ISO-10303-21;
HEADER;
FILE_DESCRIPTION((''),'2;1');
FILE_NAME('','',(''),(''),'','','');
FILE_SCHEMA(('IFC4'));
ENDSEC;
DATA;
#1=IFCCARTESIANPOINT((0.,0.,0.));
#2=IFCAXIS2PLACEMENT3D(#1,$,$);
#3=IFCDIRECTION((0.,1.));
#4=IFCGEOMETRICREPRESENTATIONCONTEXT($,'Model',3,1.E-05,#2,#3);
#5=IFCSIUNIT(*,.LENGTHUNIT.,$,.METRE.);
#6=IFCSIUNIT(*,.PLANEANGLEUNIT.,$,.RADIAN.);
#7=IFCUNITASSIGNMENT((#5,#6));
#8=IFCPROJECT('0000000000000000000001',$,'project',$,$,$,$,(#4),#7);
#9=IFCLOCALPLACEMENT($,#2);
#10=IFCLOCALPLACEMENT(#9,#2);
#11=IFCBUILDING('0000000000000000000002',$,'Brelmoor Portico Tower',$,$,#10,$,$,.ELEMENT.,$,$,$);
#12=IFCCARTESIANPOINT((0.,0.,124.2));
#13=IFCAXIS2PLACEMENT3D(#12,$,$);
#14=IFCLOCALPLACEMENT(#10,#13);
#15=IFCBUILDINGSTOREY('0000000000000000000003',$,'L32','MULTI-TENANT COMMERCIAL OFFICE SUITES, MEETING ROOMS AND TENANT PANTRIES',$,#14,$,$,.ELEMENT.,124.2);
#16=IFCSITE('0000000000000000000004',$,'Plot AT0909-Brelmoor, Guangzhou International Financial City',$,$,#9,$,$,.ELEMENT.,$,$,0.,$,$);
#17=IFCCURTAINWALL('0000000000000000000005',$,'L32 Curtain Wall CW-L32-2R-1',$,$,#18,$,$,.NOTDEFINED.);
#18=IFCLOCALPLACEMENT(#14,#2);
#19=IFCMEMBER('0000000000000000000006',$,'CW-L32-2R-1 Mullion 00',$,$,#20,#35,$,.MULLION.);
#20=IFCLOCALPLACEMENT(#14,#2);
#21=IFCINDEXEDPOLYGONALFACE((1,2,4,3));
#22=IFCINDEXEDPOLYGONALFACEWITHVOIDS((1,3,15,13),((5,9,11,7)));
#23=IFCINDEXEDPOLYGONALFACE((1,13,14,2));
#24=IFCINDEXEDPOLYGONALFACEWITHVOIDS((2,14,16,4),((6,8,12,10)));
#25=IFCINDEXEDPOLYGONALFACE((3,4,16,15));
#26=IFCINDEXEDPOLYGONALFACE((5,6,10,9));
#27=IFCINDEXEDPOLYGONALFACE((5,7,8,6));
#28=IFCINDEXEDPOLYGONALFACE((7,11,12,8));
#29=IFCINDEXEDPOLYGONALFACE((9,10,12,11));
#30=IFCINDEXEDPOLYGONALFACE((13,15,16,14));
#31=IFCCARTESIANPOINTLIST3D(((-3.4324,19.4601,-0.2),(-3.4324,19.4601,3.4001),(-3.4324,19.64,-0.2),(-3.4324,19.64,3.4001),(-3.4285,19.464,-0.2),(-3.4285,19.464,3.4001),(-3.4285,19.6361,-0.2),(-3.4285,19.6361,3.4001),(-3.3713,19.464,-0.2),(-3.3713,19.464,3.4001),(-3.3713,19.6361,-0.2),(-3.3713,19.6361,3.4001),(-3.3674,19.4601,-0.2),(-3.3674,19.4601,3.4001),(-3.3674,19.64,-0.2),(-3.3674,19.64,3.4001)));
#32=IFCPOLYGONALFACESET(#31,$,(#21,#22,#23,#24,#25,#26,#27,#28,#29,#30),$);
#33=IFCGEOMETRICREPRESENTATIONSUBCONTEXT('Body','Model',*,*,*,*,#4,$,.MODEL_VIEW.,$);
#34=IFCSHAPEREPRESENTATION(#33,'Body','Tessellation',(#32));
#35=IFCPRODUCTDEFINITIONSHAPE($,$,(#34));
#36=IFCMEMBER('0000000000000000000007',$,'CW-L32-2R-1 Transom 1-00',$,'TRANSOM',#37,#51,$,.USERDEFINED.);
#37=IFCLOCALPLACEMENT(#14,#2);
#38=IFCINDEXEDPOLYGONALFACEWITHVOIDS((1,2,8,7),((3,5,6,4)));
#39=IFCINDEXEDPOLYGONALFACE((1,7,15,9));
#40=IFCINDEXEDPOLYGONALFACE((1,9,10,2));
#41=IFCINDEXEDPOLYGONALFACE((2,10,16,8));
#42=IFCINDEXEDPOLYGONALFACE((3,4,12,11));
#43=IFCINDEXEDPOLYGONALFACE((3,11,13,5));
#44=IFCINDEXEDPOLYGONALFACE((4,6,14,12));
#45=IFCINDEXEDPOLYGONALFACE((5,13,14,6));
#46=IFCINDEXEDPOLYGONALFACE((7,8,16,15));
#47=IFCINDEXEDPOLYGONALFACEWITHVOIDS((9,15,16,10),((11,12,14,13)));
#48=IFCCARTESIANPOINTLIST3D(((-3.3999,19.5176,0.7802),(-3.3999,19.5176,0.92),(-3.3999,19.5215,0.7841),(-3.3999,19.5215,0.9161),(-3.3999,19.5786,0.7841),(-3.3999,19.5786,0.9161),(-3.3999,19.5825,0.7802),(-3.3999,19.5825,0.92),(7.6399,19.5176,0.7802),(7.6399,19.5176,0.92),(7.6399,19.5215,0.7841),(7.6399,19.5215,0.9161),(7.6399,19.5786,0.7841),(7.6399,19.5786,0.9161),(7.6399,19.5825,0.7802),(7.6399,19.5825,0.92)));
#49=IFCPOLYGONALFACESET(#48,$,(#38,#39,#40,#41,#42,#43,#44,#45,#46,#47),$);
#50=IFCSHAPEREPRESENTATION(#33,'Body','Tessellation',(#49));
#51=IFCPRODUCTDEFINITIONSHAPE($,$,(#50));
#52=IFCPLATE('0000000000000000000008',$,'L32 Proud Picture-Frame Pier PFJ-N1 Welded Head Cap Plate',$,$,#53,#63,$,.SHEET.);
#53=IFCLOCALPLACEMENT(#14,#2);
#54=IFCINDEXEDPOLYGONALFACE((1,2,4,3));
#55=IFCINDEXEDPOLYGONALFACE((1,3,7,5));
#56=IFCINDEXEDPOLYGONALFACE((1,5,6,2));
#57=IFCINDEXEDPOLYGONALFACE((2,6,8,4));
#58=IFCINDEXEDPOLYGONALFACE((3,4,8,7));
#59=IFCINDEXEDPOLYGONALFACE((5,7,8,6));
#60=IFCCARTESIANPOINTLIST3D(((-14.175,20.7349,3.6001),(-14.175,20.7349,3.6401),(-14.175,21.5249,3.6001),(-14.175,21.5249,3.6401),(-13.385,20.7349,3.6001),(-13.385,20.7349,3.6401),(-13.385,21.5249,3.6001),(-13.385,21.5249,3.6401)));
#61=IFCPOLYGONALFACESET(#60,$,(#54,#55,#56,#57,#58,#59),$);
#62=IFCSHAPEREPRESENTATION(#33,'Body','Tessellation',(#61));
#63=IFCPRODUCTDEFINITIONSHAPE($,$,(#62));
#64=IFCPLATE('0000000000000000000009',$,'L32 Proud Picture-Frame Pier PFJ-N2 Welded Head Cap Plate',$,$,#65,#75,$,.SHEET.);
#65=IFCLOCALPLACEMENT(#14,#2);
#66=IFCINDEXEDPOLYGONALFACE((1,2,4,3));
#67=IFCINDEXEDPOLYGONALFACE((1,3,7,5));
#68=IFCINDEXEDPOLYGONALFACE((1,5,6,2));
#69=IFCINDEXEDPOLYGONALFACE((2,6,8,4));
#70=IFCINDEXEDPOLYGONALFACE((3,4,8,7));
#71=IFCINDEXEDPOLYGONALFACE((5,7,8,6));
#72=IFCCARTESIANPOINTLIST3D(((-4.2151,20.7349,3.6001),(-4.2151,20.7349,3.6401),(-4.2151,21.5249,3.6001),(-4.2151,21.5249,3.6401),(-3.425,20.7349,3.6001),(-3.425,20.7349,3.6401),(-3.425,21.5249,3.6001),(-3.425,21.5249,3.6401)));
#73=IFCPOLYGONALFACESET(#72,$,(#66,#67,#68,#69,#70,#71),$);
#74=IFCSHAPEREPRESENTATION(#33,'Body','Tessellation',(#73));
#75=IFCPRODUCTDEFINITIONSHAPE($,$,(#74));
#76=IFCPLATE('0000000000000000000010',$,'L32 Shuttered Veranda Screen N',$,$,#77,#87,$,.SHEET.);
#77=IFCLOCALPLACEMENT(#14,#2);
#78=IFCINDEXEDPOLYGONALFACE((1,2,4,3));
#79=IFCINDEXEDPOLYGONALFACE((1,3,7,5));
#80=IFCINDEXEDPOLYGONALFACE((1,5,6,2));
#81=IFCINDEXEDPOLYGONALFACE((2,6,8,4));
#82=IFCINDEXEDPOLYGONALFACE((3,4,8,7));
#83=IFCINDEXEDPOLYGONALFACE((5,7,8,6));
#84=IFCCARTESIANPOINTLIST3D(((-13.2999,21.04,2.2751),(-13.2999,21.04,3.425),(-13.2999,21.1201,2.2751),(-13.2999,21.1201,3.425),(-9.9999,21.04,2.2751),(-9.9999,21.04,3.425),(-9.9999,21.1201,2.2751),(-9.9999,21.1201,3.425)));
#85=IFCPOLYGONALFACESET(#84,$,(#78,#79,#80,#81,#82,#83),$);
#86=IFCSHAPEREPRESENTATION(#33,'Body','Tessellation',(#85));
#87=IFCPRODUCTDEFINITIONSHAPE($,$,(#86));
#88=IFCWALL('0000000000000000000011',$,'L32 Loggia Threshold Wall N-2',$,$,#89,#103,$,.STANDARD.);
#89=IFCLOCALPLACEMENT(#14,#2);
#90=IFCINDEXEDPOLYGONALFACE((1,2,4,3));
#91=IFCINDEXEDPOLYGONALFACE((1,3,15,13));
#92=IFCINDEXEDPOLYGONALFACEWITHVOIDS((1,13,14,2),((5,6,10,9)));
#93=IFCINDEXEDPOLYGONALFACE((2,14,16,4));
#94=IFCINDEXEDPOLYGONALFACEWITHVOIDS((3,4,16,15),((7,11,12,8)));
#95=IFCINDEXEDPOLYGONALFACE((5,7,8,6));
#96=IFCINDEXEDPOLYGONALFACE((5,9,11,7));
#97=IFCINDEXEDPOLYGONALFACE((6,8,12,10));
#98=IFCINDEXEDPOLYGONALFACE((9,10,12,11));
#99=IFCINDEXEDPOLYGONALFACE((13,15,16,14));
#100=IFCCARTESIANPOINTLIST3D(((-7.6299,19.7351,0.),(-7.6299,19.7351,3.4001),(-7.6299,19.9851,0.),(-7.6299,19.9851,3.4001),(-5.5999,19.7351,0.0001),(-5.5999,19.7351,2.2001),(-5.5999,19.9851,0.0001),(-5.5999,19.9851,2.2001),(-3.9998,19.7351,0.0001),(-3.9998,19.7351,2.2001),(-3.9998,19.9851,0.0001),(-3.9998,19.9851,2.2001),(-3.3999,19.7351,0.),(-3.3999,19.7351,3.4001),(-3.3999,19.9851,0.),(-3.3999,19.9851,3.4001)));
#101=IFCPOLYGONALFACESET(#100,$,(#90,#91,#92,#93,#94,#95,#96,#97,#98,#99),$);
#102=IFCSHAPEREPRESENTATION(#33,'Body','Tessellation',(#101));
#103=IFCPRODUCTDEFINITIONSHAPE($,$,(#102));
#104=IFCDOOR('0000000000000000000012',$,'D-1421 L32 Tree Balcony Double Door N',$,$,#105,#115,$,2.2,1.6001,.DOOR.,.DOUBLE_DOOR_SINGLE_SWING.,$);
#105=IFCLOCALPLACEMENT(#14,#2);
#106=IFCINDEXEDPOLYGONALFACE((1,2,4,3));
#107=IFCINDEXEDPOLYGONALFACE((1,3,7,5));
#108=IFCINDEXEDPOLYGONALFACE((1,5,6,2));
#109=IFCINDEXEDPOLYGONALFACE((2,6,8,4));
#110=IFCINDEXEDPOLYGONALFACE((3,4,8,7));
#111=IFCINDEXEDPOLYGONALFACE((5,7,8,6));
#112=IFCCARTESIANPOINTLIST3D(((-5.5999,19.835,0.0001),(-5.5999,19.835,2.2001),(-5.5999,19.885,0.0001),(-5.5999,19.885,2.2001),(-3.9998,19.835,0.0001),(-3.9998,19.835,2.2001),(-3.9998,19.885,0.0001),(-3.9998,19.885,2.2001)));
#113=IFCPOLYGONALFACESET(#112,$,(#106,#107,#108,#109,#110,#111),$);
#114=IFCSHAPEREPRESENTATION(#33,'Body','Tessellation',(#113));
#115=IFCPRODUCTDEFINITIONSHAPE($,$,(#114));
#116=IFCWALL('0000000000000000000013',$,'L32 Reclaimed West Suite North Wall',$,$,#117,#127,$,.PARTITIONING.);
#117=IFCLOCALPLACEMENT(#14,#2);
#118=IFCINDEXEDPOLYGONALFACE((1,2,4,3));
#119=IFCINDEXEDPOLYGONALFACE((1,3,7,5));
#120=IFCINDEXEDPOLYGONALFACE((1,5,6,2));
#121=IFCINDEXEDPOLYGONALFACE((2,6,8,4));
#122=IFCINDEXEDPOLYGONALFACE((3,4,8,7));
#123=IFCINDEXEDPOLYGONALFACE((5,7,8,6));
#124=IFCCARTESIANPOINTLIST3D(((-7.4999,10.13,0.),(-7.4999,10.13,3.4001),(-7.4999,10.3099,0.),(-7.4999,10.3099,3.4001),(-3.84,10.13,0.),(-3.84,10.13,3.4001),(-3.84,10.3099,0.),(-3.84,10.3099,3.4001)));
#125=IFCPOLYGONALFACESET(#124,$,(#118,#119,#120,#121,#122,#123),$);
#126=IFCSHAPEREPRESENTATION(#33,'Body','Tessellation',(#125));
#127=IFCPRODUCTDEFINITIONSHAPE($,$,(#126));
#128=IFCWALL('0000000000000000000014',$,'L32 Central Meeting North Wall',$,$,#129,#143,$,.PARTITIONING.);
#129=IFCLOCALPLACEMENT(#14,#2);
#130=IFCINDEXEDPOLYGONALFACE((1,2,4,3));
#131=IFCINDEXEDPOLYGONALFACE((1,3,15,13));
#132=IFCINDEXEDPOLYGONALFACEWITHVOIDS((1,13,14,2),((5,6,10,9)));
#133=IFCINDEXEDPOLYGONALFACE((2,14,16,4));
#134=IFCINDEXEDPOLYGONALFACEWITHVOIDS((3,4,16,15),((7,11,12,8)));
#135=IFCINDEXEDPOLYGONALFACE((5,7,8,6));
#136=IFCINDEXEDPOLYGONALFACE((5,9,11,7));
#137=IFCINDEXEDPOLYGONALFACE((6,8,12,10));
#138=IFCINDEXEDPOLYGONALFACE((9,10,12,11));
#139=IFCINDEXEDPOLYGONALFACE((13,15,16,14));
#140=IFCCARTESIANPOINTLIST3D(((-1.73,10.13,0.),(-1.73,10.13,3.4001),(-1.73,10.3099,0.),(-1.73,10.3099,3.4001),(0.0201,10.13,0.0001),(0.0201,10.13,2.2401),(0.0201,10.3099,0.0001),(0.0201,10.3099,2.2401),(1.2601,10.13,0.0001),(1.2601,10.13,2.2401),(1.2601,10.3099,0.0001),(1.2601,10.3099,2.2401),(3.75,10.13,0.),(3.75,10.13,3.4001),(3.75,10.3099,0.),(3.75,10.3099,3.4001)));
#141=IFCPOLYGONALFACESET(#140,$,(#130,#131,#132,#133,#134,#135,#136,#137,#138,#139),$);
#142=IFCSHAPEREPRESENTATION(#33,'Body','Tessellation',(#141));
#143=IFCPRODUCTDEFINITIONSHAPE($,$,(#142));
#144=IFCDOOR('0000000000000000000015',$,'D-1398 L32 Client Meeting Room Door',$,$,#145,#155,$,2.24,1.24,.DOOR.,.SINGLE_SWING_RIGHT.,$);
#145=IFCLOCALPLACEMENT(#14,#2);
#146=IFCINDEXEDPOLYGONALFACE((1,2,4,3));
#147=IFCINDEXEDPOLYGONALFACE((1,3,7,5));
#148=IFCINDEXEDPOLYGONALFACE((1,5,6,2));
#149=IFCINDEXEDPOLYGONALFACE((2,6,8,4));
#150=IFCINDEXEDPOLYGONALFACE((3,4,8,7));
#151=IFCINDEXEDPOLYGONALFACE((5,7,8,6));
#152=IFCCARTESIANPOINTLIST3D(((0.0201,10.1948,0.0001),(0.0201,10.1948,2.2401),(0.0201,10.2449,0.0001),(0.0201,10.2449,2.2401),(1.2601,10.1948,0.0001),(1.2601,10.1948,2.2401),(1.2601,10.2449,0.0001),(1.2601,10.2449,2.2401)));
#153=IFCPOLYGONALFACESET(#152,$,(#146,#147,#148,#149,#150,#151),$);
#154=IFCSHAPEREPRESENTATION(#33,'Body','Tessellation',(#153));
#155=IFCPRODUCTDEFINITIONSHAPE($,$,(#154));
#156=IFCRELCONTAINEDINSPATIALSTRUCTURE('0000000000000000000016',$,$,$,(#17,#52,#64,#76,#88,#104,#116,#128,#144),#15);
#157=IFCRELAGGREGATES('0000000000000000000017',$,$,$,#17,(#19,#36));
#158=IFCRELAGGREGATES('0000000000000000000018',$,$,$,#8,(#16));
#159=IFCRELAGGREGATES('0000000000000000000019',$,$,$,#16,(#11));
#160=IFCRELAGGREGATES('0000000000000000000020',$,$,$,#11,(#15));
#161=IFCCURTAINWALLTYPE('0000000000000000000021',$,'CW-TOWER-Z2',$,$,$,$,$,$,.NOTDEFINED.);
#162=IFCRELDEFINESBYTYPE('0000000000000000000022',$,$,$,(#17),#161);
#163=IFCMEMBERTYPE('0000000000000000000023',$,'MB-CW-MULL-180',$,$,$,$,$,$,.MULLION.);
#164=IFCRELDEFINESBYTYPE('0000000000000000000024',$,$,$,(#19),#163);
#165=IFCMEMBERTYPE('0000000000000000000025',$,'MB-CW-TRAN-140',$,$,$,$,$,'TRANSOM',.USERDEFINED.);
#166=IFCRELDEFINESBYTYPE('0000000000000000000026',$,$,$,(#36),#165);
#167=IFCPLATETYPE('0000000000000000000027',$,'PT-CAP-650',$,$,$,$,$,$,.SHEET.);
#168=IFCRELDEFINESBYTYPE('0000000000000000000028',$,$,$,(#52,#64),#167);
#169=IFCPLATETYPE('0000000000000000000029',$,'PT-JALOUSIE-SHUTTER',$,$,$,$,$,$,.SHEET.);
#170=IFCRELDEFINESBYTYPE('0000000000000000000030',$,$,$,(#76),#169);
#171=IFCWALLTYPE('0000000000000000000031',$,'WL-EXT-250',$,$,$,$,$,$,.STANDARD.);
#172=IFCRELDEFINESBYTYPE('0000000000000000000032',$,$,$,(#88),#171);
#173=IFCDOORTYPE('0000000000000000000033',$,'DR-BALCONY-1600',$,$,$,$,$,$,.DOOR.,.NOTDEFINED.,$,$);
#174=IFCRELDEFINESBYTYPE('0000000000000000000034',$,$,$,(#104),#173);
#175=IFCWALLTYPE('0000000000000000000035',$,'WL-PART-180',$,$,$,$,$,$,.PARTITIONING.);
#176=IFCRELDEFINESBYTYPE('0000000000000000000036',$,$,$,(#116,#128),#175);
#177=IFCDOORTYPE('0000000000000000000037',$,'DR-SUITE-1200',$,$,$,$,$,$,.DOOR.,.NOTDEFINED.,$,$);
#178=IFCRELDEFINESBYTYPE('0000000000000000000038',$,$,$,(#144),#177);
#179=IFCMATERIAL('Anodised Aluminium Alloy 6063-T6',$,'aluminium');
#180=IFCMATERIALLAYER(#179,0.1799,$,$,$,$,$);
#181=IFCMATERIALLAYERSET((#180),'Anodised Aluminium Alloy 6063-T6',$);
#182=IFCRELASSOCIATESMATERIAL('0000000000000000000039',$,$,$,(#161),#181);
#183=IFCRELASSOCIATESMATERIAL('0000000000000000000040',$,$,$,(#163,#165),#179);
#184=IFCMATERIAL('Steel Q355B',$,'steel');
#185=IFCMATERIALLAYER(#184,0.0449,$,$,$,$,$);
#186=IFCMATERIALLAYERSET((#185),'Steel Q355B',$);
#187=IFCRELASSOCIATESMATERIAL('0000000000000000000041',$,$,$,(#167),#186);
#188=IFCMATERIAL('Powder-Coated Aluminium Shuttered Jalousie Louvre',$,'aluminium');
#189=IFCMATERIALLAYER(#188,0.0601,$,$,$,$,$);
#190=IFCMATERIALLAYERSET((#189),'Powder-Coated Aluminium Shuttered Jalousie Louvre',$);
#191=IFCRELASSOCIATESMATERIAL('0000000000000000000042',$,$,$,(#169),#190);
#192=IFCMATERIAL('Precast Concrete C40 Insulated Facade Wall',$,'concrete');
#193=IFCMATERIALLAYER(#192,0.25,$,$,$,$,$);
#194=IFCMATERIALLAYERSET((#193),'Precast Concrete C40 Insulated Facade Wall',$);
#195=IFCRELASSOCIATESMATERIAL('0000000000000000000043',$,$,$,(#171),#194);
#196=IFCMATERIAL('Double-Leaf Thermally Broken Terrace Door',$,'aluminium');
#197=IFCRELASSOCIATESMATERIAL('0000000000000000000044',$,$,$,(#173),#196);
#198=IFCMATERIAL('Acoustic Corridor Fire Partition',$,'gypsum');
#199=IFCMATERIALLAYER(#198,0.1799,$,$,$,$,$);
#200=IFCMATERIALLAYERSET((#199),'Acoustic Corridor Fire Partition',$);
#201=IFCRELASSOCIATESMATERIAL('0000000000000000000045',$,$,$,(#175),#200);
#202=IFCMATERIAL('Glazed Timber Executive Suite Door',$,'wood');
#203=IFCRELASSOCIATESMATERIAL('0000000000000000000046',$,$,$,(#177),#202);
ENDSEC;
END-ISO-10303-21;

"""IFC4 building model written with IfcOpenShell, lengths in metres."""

from ifc_helpers import new_model, si_unit, direction, frame, frame_2d, origin, origin_2d, place, context, subcontext, project, spatial, rectangle, hollow_rectangle, extrude, material, layer, layer_set, material_profile, profile_set, type_object, element, fill, aggregate, save


model = new_model("IFC4")

# Units and contexts
model_context = context("Model", 3, precision=1e-05, world=origin(), true_north=direction((0.0, 1.0)))
body_context = subcontext(model_context, "Body", "Model", "MODEL_VIEW")
ifc_project = project(units=[si_unit("LENGTHUNIT", "METRE"), si_unit("PLANEANGLEUNIT", "RADIAN")], contexts=[model_context])

# Site, building, storey
site_placement = place(None, origin())
site = spatial("IfcSite", under=ifc_project, at=site_placement, Name="Plot AT0909-Brelmoor, Guangzhou International Financial City", CompositionType="ELEMENT", RefElevation=0.0)
building_placement = place(site_placement, origin())
building = spatial("IfcBuilding", under=site, at=building_placement, Name="Brelmoor Portico Tower", CompositionType="ELEMENT")
storey_placement = place(building_placement, frame((0.0, 0.0, 124.2)))
storey = spatial("IfcBuildingStorey", under=building, at=storey_placement, Name="L32", Description="MULTI-TENANT COMMERCIAL OFFICE SUITES, MEETING ROOMS AND TENANT PANTRIES", CompositionType="ELEMENT", Elevation=124.2)

# Shared definitions
ifc_material_1 = material(Name="Steel Q355B", Category="steel")

# Curtain wall, members
ifc_material_2 = material(Name="Anodised Aluminium Alloy 6063-T6", Category="aluminium")
ifc_layer_1 = layer(ifc_material_2, 0.1799)
ifc_layer_set_1 = layer_set([ifc_layer_1], Name="Anodised Aluminium Alloy 6063-T6")
curtain_wall_type = type_object("IfcCurtainWallType", Name="CW-TOWER-Z2", PredefinedType="NOTDEFINED", material=ifc_layer_set_1)
curtain_wall_placement = place(storey_placement, origin())
curtain_wall = element("IfcCurtainWall", 1, at=curtain_wall_placement, inside=storey, type_object=curtain_wall_type, Name="L32 Curtain Wall CW-L32-2R-1", PredefinedType="NOTDEFINED")
ifc_material_profile_1 = material_profile(ifc_material_2, hollow_rectangle(XDim=0.0649, YDim=0.1799, WallThickness=0.0039, at=origin_2d()), Name="ALU MULLION 65x180")
ifc_profile_set_1 = profile_set([ifc_material_profile_1], Name="Anodised Aluminium Alloy 6063-T6")
member_type_1 = type_object("IfcMemberType", Name="MB-CW-MULL-180", PredefinedType="MULLION", material=ifc_profile_set_1)
member_1_placement = place(storey_placement, frame((-3.3999, 19.55, -0.2), z_axis=(0.0, 0.0, 1.0), x_axis=(1.0, 0.0, 0.0)))
member_1 = element("IfcMember", 2, at=member_1_placement, type_object=member_type_1, Name="CW-L32-2R-1 Mullion 00", PredefinedType="MULLION", context=body_context, shape_type="SweptSolid", body=[
    extrude(hollow_rectangle(XDim=0.0649, YDim=0.1799, WallThickness=0.0039, at=origin_2d()), origin(), (0.0, 0.0, 1.0), 3.6001),
])
ifc_material_profile_2 = material_profile(ifc_material_2, hollow_rectangle(XDim=0.0649, YDim=0.1399, WallThickness=0.0039, at=origin_2d()), Name="ALU TRANSOM 65x140")
ifc_profile_set_2 = profile_set([ifc_material_profile_2], Name="Anodised Aluminium Alloy 6063-T6")
member_type_2 = type_object("IfcMemberType", Name="MB-CW-TRAN-140", ElementType="TRANSOM", PredefinedType="USERDEFINED", material=ifc_profile_set_2)
member_2_placement = place(storey_placement, frame((-3.3999, 19.55, 0.8501), z_axis=(1.0, 0.0, 0.0), x_axis=(0.0, 1.0, 0.0)))
member_2 = element("IfcMember", 3, at=member_2_placement, type_object=member_type_2, Name="CW-L32-2R-1 Transom 1-00", ObjectType="TRANSOM", PredefinedType="USERDEFINED", context=body_context, shape_type="SweptSolid", body=[
    extrude(hollow_rectangle(XDim=0.0649, YDim=0.1399, WallThickness=0.0039, at=origin_2d()), origin(), (0.0, 0.0, 1.0), 11.0398),
])
aggregate(curtain_wall, [member_1, member_2])

# Plates
ifc_layer_2 = layer(ifc_material_1, 0.0449)
ifc_layer_set_2 = layer_set([ifc_layer_2], Name="Steel Q355B")
plate_type_1 = type_object("IfcPlateType", Name="PT-CAP-650", PredefinedType="SHEET", material=ifc_layer_set_2)
for number, where, z_axis, x_axis, name in (
    (4, (-13.78, 21.1299, 3.6001), (0.0, 0.0, 1.0), (1.0, 0.0, 0.0), "L32 Proud Picture-Frame Pier PFJ-N1 Welded Head Cap Plate"),
    (5, (-3.8201, 21.1299, 3.6001), (0.0, 0.0, 1.0), (1.0, 0.0, 0.0), "L32 Proud Picture-Frame Pier PFJ-N2 Welded Head Cap Plate"),
):
    element("IfcPlate", number, at=place(storey_placement, frame(where, z_axis=z_axis, x_axis=x_axis)), inside=storey, type_object=plate_type_1, Name=name, PredefinedType="SHEET", context=body_context, shape_type="SweptSolid", body=[
        extrude(rectangle(XDim=0.79, YDim=0.79, at=origin_2d()), origin(), (0.0, 0.0, 1.0), 0.04),
    ])
ifc_material_3 = material(Name="Powder-Coated Aluminium Shuttered Jalousie Louvre", Category="aluminium")
ifc_layer_3 = layer(ifc_material_3, 0.0601)
ifc_layer_set_3 = layer_set([ifc_layer_3], Name="Powder-Coated Aluminium Shuttered Jalousie Louvre")
plate_type_2 = type_object("IfcPlateType", Name="PT-JALOUSIE-SHUTTER", PredefinedType="SHEET", material=ifc_layer_set_3)
plate_placement = place(storey_placement, frame((-11.6499, 21.0801, 2.2751), z_axis=(0.0, 0.0, 1.0), x_axis=(1.0, 0.0, 0.0)))
element("IfcPlate", 6, at=plate_placement, inside=storey, type_object=plate_type_2, Name="L32 Shuttered Veranda Screen N", PredefinedType="SHEET", context=body_context, shape_type="SweptSolid", body=[
    extrude(rectangle(XDim=3.3, YDim=0.0801, at=origin_2d()), origin(), (0.0, 0.0, 1.0), 1.1499),
])

# Wall, opening, door
ifc_material_4 = material(Name="Precast Concrete C40 Insulated Facade Wall", Category="concrete")
ifc_layer_4 = layer(ifc_material_4, 0.25)
ifc_layer_set_4 = layer_set([ifc_layer_4], Name="Precast Concrete C40 Insulated Facade Wall")
wall_type_1 = type_object("IfcWallType", Name="WL-EXT-250", PredefinedType="STANDARD", material=ifc_layer_set_4)
wall_1_placement = place(storey_placement, frame((-7.6299, 19.8601, 0.0), z_axis=(0.0, 0.0, 1.0), x_axis=(1.0, 0.0, 0.0)))
wall_1 = element("IfcWall", 7, at=wall_1_placement, inside=storey, type_object=wall_type_1, Name="L32 Loggia Threshold Wall N-2", PredefinedType="STANDARD", context=body_context, shape_type="SweptSolid", body=[
    extrude(rectangle(XDim=4.23, YDim=0.25, at=frame_2d((2.115, 0.0))), origin(), (0.0, 0.0, 1.0), 3.4001),
])
opening_1_placement = place(wall_1_placement, frame((2.03, 0.0, 0.0)))
opening_1 = element("IfcOpeningElement", 8, at=opening_1_placement, cuts=wall_1, PredefinedType="OPENING", context=body_context, shape_type="SweptSolid", body=[
    extrude(rectangle(XDim=1.6001, YDim=2.2, at=frame_2d((0.8, 1.1001))), frame((0.0, 0.135, 0.0), z_axis=(0.0, -1.0, 0.0), x_axis=(1.0, 0.0, 0.0)), (0.0, 0.0, 1.0), 0.27),
])
ifc_material_5 = material(Name="Double-Leaf Thermally Broken Terrace Door", Category="aluminium")
door_type_1 = type_object("IfcDoorType", Name="DR-BALCONY-1600", OperationType="NOTDEFINED", PredefinedType="DOOR", material=ifc_material_5)
door_1_placement = place(opening_1_placement, origin())
door_1 = element("IfcDoor", 9, at=door_1_placement, inside=storey, type_object=door_type_1, Name="D-1421 L32 Tree Balcony Double Door N", OperationType="DOUBLE_DOOR_SINGLE_SWING", OverallHeight=2.2, OverallWidth=1.6001, PredefinedType="DOOR", context=body_context, shape_type="SweptSolid", body=[
    extrude(rectangle(XDim=1.6001, YDim=2.2, at=frame_2d((0.8, 1.1001))), frame((0.0, 0.0249, 0.0), z_axis=(0.0, -1.0, 0.0), x_axis=(1.0, 0.0, 0.0)), (0.0, 0.0, 1.0), 0.05),
])
fill(opening_1, door_1)

# Wall
ifc_material_6 = material(Name="Acoustic Corridor Fire Partition", Category="gypsum")
ifc_layer_5 = layer(ifc_material_6, 0.1799)
ifc_layer_set_5 = layer_set([ifc_layer_5], Name="Acoustic Corridor Fire Partition")
wall_type_2 = type_object("IfcWallType", Name="WL-PART-180", PredefinedType="PARTITIONING", material=ifc_layer_set_5)
wall_2_placement = place(storey_placement, frame((-7.5, 10.22, 0.0), z_axis=(0.0, 0.0, 1.0), x_axis=(1.0, 0.0, 0.0)))
element("IfcWall", 10, at=wall_2_placement, inside=storey, type_object=wall_type_2, Name="L32 Reclaimed West Suite North Wall", PredefinedType="PARTITIONING", context=body_context, shape_type="SweptSolid", body=[
    extrude(rectangle(XDim=3.6599, YDim=0.1799, at=frame_2d((1.8301, 0.0))), origin(), (0.0, 0.0, 1.0), 3.4001),
])

# Wall, opening, door
wall_3_placement = place(storey_placement, frame((-1.73, 10.22, 0.0), z_axis=(0.0, 0.0, 1.0), x_axis=(1.0, 0.0, 0.0)))
wall_3 = element("IfcWall", 11, at=wall_3_placement, inside=storey, type_object=wall_type_2, Name="L32 Central Meeting North Wall", PredefinedType="PARTITIONING", context=body_context, shape_type="SweptSolid", body=[
    extrude(rectangle(XDim=5.48, YDim=0.1799, at=frame_2d((2.74, 0.0))), origin(), (0.0, 0.0, 1.0), 3.4001),
])
opening_2_placement = place(wall_3_placement, frame((1.75, 0.0, 0.0)))
opening_2 = element("IfcOpeningElement", 12, at=opening_2_placement, cuts=wall_3, PredefinedType="OPENING", context=body_context, shape_type="SweptSolid", body=[
    extrude(rectangle(XDim=1.24, YDim=2.24, at=frame_2d((0.6201, 1.1201))), frame((0.0, 0.0999, 0.0), z_axis=(0.0, -1.0, 0.0), x_axis=(1.0, 0.0, 0.0)), (0.0, 0.0, 1.0), 0.2),
])
ifc_material_7 = material(Name="Glazed Timber Executive Suite Door", Category="wood")
door_type_2 = type_object("IfcDoorType", Name="DR-SUITE-1200", OperationType="NOTDEFINED", PredefinedType="DOOR", material=ifc_material_7)
door_2_placement = place(opening_2_placement, origin())
door_2 = element("IfcDoor", 13, at=door_2_placement, inside=storey, type_object=door_type_2, Name="D-1398 L32 Client Meeting Room Door", OperationType="SINGLE_SWING_RIGHT", OverallHeight=2.24, OverallWidth=1.24, PredefinedType="DOOR", context=body_context, shape_type="SweptSolid", body=[
    extrude(rectangle(XDim=1.24, YDim=2.24, at=frame_2d((0.6201, 1.1201))), frame((0.0, 0.0249, 0.0), z_axis=(0.0, -1.0, 0.0), x_axis=(1.0, 0.0, 0.0)), (0.0, 0.0, 1.0), 0.05),
])
fill(opening_2, door_2)

save(model, "model.ifc")
